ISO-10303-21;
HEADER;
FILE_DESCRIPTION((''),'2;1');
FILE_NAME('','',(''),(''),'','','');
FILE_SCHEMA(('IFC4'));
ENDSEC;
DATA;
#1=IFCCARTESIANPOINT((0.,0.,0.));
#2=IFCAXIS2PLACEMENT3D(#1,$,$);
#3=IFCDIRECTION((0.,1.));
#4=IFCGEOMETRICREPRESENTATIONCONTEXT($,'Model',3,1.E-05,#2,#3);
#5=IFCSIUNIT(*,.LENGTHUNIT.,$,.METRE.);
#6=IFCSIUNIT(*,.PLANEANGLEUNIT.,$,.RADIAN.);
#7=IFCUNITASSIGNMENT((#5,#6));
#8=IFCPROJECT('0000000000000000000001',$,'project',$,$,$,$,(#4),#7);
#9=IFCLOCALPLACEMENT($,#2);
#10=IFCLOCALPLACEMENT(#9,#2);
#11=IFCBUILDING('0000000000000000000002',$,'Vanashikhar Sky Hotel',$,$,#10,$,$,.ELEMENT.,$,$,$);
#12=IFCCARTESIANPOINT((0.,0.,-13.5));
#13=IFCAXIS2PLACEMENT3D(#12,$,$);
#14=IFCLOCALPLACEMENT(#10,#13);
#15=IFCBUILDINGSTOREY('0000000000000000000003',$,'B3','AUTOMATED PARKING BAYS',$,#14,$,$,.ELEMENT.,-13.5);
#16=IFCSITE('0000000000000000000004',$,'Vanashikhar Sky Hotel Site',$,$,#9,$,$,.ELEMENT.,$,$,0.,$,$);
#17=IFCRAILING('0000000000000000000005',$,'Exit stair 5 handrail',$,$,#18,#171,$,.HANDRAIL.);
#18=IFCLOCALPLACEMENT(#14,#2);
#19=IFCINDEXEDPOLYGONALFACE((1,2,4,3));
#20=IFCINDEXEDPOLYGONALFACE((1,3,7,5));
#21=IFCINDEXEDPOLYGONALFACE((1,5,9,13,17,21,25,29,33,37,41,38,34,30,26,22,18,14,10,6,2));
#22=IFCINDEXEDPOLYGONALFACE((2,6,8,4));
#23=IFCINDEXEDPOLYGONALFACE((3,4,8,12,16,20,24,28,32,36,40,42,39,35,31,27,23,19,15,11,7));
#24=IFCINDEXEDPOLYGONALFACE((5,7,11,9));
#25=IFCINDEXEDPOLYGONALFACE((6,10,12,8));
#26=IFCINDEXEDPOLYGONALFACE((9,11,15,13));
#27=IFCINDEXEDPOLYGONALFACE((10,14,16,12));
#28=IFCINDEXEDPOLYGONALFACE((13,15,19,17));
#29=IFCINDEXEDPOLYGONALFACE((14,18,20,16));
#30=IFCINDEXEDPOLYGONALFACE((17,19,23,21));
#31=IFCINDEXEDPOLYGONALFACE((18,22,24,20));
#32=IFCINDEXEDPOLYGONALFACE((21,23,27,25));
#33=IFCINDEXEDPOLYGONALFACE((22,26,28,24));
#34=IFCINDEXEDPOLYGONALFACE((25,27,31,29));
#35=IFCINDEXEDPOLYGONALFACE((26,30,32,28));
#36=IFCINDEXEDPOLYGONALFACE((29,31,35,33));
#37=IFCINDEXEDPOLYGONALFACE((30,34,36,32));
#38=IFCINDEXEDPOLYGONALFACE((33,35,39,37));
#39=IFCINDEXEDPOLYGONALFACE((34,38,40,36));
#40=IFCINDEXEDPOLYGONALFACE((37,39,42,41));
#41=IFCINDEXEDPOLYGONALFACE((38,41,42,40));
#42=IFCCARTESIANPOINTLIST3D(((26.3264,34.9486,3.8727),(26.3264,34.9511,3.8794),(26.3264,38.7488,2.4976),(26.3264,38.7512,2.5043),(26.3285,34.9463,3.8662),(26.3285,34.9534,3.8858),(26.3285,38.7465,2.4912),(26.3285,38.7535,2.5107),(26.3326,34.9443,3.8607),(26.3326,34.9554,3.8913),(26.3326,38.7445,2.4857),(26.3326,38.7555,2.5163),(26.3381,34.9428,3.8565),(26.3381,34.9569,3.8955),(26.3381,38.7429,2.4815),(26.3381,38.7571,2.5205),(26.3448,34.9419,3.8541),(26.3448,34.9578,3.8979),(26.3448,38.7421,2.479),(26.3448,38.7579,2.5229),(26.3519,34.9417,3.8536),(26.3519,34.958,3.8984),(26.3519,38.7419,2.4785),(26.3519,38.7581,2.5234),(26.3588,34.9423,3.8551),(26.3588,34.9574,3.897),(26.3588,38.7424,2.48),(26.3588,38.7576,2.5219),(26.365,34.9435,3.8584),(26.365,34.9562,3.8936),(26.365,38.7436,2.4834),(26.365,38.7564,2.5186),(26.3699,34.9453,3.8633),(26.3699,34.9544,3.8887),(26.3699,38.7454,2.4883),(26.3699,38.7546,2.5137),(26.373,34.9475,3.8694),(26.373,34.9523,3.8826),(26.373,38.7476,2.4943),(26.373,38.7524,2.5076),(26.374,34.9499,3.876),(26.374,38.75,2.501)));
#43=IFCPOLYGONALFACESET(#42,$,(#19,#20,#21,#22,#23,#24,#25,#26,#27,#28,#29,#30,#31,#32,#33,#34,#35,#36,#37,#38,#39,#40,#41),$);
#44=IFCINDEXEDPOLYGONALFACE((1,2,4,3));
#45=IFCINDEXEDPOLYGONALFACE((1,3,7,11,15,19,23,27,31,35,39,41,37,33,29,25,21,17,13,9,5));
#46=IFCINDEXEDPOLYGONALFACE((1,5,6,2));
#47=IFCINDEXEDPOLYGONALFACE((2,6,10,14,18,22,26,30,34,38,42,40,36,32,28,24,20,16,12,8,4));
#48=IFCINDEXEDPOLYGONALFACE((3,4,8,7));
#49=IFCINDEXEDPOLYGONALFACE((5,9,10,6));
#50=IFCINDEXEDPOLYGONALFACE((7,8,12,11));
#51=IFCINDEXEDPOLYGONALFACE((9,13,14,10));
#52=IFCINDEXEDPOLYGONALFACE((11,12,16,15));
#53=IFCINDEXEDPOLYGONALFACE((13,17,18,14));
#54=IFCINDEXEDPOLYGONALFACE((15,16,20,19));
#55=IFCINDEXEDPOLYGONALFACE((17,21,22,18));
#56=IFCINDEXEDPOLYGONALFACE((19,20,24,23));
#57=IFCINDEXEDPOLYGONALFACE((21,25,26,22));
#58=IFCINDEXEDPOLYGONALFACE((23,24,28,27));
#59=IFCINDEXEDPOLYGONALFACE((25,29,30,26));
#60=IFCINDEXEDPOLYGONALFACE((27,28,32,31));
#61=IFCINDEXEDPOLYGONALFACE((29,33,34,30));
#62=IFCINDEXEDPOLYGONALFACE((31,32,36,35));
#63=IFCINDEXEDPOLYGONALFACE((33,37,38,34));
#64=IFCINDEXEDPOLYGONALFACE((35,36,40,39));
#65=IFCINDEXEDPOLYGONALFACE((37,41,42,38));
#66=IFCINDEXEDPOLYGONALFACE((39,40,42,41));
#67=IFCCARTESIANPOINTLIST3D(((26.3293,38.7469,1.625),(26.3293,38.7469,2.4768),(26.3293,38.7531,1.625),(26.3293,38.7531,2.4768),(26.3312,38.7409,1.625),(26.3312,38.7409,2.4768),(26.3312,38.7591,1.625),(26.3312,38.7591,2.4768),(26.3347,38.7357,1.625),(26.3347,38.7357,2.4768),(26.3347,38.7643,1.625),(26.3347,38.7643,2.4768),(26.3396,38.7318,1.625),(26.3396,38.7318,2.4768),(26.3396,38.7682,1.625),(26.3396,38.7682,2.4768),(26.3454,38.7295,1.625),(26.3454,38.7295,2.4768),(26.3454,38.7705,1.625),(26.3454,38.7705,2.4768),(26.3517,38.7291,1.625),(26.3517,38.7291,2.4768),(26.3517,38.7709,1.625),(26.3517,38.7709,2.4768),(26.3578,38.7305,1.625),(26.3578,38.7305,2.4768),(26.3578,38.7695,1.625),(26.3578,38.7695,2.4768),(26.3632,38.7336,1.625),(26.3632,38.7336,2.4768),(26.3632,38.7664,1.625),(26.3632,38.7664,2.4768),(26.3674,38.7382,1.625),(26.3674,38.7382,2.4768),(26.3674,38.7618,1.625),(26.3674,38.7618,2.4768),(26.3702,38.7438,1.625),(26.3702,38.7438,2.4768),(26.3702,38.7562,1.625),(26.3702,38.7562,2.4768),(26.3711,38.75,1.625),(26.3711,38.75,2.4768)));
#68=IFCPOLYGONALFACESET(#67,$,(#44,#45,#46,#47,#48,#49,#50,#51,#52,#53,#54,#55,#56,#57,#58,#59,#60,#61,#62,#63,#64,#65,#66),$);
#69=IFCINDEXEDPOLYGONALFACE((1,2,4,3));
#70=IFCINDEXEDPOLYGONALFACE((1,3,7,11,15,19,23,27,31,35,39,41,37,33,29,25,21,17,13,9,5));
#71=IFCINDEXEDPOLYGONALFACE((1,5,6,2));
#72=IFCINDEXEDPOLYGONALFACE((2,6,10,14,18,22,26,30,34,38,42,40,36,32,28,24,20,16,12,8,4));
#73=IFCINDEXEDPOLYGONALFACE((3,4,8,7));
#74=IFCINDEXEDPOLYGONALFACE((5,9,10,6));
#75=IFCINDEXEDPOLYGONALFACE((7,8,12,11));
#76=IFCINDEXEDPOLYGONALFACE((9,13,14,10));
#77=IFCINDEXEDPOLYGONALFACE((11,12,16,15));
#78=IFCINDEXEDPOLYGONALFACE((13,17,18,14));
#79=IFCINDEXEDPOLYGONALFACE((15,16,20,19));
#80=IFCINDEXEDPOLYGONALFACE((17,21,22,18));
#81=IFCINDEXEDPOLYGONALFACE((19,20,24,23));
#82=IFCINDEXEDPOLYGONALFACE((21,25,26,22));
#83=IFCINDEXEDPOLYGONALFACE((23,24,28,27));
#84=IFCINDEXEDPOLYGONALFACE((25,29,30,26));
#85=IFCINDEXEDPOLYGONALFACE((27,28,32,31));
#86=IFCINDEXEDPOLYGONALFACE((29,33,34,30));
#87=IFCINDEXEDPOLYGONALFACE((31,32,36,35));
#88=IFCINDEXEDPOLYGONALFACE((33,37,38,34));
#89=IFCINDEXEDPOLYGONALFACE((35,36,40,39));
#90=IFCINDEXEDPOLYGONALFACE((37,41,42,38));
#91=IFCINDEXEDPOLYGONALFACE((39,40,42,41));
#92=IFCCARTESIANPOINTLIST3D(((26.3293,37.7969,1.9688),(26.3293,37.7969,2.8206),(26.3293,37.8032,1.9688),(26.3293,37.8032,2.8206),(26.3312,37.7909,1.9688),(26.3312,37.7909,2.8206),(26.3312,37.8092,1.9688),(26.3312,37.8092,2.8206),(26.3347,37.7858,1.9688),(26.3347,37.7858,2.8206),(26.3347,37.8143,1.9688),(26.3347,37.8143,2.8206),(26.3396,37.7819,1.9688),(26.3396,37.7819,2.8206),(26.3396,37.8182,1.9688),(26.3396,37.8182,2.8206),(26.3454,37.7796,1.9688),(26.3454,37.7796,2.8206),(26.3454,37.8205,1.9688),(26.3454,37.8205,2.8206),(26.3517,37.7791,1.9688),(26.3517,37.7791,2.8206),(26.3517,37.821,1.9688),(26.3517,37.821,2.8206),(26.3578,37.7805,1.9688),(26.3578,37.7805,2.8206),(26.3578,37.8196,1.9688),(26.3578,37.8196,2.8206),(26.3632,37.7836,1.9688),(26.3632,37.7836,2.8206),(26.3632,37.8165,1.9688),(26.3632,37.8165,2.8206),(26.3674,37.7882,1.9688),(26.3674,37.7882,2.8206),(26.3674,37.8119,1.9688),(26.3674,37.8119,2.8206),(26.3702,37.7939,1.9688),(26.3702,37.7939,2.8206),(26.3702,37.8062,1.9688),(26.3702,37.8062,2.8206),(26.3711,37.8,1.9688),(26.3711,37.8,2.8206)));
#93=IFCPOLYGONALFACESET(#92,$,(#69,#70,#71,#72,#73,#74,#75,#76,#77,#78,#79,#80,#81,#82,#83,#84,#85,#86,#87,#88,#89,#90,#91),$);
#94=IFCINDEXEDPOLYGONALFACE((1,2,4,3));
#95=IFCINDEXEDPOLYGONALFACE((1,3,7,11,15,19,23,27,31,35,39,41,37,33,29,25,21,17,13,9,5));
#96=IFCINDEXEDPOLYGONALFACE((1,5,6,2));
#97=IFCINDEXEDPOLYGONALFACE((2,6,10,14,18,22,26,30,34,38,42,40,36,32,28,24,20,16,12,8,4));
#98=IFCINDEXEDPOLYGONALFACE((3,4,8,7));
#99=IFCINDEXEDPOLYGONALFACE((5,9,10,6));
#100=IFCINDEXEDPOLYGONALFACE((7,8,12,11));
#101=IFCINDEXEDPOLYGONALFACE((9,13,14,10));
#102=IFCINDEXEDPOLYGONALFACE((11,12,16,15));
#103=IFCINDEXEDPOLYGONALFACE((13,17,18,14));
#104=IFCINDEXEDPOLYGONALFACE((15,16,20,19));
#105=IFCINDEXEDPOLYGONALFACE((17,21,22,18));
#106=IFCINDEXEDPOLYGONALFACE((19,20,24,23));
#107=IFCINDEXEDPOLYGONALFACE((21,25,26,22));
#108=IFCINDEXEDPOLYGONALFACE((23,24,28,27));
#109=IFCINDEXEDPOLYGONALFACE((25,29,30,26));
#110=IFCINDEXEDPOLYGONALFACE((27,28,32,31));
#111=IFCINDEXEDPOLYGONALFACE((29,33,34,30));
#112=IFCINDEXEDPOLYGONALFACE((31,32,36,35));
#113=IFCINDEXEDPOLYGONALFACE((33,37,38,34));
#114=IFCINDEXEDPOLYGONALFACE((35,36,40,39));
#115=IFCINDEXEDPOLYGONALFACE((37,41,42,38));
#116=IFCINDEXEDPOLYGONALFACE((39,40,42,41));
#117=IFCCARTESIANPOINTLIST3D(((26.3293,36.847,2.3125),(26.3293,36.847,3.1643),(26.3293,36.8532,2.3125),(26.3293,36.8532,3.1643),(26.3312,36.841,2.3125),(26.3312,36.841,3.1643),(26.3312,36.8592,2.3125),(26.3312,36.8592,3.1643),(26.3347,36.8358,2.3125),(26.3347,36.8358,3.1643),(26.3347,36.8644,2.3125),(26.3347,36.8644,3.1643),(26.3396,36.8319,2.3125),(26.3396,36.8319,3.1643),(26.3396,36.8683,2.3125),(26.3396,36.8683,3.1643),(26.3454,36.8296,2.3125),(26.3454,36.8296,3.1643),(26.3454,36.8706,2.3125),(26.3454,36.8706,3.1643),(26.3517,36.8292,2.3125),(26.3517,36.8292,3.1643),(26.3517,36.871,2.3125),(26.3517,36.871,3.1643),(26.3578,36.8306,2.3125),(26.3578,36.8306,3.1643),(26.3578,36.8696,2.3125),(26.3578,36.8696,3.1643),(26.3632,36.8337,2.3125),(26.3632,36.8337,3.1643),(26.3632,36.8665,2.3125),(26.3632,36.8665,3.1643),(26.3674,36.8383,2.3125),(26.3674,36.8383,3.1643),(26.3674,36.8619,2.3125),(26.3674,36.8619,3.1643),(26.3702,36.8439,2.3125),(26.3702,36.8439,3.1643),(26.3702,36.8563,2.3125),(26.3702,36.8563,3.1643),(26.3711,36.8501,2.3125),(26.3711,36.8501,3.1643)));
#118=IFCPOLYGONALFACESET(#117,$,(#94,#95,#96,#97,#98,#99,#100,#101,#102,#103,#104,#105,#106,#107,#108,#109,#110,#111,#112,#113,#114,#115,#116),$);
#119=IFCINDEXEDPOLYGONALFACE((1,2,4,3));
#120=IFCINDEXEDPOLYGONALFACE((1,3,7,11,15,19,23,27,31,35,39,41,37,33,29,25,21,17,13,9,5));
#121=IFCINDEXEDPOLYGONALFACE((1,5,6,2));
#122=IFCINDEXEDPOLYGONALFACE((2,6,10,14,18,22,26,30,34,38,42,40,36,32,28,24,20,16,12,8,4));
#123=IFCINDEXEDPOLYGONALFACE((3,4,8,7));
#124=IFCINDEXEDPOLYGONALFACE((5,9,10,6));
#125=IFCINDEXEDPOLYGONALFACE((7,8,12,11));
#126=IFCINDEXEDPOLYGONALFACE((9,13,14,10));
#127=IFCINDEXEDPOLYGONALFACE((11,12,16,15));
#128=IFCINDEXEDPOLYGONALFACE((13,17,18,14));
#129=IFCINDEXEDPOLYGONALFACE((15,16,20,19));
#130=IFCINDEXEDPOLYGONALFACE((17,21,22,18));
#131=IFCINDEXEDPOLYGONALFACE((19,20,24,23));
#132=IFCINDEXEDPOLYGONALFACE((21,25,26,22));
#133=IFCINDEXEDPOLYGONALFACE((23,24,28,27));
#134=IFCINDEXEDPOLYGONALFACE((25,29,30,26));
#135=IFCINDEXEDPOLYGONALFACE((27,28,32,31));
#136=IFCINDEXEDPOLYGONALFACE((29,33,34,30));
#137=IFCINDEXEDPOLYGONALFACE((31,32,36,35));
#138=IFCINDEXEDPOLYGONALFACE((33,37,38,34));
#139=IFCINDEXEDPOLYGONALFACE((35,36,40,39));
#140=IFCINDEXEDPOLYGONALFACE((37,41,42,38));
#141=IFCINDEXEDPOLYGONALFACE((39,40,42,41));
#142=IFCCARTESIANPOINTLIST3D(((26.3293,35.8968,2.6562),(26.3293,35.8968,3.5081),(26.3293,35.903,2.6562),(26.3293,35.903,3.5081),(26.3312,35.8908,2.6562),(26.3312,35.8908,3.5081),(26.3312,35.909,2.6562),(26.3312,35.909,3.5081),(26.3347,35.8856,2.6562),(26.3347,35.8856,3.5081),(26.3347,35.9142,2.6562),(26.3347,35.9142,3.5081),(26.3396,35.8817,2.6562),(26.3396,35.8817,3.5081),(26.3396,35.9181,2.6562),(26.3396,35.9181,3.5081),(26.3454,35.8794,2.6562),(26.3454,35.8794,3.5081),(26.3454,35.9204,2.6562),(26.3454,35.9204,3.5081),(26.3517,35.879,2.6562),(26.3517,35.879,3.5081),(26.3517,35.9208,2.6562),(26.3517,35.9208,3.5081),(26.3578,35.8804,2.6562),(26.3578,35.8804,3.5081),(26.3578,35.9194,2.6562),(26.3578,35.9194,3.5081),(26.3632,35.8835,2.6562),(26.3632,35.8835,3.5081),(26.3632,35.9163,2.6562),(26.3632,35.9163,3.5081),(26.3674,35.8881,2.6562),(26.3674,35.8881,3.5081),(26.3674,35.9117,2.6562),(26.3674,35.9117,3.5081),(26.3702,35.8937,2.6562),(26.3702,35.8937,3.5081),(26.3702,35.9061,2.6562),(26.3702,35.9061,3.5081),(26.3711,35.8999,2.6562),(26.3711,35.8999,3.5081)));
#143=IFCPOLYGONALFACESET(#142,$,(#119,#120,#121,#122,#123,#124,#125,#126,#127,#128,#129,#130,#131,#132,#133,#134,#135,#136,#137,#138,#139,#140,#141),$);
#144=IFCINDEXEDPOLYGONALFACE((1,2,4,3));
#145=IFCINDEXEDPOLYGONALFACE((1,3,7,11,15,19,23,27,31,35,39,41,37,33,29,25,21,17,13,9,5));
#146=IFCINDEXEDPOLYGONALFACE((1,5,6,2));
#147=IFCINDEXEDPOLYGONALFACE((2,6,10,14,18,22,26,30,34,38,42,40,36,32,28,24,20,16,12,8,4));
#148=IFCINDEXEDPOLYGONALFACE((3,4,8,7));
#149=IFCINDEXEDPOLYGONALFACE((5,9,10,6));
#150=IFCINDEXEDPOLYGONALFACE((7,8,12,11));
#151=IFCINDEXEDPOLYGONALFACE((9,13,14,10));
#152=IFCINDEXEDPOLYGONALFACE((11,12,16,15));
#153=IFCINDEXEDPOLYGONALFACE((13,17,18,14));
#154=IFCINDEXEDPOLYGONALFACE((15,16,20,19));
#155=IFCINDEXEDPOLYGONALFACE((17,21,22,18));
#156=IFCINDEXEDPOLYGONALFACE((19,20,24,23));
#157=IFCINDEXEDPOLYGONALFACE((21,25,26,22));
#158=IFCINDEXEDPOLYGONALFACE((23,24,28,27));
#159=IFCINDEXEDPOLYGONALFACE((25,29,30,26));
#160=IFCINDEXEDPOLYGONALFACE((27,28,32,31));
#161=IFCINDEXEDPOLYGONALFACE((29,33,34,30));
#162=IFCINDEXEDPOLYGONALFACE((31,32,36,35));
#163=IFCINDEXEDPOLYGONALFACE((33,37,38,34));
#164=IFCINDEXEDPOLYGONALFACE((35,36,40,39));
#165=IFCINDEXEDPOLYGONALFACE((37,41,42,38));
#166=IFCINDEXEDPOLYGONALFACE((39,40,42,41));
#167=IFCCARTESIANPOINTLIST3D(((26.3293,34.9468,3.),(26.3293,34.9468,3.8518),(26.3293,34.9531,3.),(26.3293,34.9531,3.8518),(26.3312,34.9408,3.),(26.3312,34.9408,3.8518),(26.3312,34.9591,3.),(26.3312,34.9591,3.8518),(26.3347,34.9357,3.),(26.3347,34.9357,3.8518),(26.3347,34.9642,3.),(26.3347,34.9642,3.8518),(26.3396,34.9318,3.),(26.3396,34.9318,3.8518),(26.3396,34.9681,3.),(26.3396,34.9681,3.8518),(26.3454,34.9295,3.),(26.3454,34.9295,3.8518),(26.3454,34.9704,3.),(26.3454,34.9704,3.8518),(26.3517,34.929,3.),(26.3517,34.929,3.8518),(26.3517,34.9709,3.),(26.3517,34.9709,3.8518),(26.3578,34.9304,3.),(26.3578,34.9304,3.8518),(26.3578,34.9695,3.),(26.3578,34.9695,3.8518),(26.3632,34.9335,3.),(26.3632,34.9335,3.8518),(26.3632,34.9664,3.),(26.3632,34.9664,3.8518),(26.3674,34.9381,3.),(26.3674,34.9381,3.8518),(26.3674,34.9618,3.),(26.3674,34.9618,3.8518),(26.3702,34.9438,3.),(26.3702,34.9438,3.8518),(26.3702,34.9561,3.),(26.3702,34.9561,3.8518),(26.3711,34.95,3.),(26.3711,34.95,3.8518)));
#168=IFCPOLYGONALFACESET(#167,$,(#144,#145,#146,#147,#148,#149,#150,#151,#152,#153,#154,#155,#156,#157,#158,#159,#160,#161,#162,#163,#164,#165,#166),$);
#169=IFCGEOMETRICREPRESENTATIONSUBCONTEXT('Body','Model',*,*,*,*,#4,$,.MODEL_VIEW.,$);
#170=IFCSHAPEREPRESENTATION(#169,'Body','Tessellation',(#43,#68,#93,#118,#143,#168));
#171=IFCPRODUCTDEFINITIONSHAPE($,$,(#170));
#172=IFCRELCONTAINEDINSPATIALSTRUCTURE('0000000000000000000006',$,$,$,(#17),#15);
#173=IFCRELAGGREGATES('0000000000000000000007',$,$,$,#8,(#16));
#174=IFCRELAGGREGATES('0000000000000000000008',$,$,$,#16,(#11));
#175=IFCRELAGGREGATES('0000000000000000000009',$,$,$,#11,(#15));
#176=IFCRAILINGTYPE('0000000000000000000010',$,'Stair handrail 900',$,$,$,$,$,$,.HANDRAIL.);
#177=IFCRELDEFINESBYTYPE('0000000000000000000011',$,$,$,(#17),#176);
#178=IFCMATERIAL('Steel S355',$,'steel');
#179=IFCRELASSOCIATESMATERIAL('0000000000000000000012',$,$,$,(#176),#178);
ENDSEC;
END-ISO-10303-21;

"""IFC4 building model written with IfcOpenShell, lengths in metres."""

from ifc_helpers import new_model, si_unit, direction, frame, origin, origin_2d, place, context, subcontext, project, spatial, circle, extrude, source, transform, mapped, material, type_object, element, save


model = new_model("IFC4")

# Units and contexts
model_context = context("Model", 3, precision=1e-05, world=origin(), true_north=direction((0.0, 1.0)))
body_context = subcontext(model_context, "Body", "Model", "MODEL_VIEW")
ifc_project = project(units=[si_unit("LENGTHUNIT", "METRE"), si_unit("PLANEANGLEUNIT", "RADIAN")], contexts=[model_context])

# Site, building, storey
site_placement = place(None, origin())
site = spatial("IfcSite", under=ifc_project, at=site_placement, Name="Vanashikhar Sky Hotel Site", CompositionType="ELEMENT", RefElevation=0.0)
building_placement = place(site_placement, origin())
building = spatial("IfcBuilding", under=site, at=building_placement, Name="Vanashikhar Sky Hotel", CompositionType="ELEMENT")
storey_placement = place(building_placement, frame((0.0, 0.0, -13.5)))
storey = spatial("IfcBuildingStorey", under=building, at=storey_placement, Name="B3", Description="AUTOMATED PARKING BAYS", CompositionType="ELEMENT", Elevation=-13.5)

# Railing
ifc_material_1 = material(Name="Steel S355", Category="steel")
railing_type_1 = type_object("IfcRailingType", Name="Stair handrail 900", PredefinedType="HANDRAIL", material=ifc_material_1)
shared_shape_1 = source(origin(), body_context, "Body", "SweptSolid", [
    extrude(circle(Radius=0.0239, at=origin_2d()), frame((0.0, 0.0, 0.876), z_axis=(0.0, -0.940336, 0.340249), x_axis=(1.0, 0.0, 0.0)), (0.0, 0.0, 1.0), 4.0413),
    extrude(circle(Radius=0.021, at=origin_2d()), origin(), (0.0, 0.0, 1.0), 0.8518),
    extrude(circle(Radius=0.021, at=origin_2d()), frame((0.0, -0.95, 0.3438)), (0.0, 0.0, 1.0), 0.8518),
    extrude(circle(Radius=0.021, at=origin_2d()), frame((0.0, -1.8999, 0.6875)), (0.0, 0.0, 1.0), 0.8518),
    extrude(circle(Radius=0.021, at=origin_2d()), frame((0.0, -2.8501, 1.0312)), (0.0, 0.0, 1.0), 0.8518),
    extrude(circle(Radius=0.021, at=origin_2d()), frame((0.0, -3.8, 1.375)), (0.0, 0.0, 1.0), 0.8518),
])
railing_1_placement = place(storey_placement, frame((26.3501, 38.75, 1.625)))
element("IfcRailing", 1, at=railing_1_placement, inside=storey, type_object=railing_type_1, Name="Exit stair 5 handrail", PredefinedType="HANDRAIL", context=body_context, shape_type="MappedRepresentation", body=[
    mapped(shared_shape_1, transform((0.0, 0.0, 0.0), scale=1.0)),
])

save(model, "model.ifc")
